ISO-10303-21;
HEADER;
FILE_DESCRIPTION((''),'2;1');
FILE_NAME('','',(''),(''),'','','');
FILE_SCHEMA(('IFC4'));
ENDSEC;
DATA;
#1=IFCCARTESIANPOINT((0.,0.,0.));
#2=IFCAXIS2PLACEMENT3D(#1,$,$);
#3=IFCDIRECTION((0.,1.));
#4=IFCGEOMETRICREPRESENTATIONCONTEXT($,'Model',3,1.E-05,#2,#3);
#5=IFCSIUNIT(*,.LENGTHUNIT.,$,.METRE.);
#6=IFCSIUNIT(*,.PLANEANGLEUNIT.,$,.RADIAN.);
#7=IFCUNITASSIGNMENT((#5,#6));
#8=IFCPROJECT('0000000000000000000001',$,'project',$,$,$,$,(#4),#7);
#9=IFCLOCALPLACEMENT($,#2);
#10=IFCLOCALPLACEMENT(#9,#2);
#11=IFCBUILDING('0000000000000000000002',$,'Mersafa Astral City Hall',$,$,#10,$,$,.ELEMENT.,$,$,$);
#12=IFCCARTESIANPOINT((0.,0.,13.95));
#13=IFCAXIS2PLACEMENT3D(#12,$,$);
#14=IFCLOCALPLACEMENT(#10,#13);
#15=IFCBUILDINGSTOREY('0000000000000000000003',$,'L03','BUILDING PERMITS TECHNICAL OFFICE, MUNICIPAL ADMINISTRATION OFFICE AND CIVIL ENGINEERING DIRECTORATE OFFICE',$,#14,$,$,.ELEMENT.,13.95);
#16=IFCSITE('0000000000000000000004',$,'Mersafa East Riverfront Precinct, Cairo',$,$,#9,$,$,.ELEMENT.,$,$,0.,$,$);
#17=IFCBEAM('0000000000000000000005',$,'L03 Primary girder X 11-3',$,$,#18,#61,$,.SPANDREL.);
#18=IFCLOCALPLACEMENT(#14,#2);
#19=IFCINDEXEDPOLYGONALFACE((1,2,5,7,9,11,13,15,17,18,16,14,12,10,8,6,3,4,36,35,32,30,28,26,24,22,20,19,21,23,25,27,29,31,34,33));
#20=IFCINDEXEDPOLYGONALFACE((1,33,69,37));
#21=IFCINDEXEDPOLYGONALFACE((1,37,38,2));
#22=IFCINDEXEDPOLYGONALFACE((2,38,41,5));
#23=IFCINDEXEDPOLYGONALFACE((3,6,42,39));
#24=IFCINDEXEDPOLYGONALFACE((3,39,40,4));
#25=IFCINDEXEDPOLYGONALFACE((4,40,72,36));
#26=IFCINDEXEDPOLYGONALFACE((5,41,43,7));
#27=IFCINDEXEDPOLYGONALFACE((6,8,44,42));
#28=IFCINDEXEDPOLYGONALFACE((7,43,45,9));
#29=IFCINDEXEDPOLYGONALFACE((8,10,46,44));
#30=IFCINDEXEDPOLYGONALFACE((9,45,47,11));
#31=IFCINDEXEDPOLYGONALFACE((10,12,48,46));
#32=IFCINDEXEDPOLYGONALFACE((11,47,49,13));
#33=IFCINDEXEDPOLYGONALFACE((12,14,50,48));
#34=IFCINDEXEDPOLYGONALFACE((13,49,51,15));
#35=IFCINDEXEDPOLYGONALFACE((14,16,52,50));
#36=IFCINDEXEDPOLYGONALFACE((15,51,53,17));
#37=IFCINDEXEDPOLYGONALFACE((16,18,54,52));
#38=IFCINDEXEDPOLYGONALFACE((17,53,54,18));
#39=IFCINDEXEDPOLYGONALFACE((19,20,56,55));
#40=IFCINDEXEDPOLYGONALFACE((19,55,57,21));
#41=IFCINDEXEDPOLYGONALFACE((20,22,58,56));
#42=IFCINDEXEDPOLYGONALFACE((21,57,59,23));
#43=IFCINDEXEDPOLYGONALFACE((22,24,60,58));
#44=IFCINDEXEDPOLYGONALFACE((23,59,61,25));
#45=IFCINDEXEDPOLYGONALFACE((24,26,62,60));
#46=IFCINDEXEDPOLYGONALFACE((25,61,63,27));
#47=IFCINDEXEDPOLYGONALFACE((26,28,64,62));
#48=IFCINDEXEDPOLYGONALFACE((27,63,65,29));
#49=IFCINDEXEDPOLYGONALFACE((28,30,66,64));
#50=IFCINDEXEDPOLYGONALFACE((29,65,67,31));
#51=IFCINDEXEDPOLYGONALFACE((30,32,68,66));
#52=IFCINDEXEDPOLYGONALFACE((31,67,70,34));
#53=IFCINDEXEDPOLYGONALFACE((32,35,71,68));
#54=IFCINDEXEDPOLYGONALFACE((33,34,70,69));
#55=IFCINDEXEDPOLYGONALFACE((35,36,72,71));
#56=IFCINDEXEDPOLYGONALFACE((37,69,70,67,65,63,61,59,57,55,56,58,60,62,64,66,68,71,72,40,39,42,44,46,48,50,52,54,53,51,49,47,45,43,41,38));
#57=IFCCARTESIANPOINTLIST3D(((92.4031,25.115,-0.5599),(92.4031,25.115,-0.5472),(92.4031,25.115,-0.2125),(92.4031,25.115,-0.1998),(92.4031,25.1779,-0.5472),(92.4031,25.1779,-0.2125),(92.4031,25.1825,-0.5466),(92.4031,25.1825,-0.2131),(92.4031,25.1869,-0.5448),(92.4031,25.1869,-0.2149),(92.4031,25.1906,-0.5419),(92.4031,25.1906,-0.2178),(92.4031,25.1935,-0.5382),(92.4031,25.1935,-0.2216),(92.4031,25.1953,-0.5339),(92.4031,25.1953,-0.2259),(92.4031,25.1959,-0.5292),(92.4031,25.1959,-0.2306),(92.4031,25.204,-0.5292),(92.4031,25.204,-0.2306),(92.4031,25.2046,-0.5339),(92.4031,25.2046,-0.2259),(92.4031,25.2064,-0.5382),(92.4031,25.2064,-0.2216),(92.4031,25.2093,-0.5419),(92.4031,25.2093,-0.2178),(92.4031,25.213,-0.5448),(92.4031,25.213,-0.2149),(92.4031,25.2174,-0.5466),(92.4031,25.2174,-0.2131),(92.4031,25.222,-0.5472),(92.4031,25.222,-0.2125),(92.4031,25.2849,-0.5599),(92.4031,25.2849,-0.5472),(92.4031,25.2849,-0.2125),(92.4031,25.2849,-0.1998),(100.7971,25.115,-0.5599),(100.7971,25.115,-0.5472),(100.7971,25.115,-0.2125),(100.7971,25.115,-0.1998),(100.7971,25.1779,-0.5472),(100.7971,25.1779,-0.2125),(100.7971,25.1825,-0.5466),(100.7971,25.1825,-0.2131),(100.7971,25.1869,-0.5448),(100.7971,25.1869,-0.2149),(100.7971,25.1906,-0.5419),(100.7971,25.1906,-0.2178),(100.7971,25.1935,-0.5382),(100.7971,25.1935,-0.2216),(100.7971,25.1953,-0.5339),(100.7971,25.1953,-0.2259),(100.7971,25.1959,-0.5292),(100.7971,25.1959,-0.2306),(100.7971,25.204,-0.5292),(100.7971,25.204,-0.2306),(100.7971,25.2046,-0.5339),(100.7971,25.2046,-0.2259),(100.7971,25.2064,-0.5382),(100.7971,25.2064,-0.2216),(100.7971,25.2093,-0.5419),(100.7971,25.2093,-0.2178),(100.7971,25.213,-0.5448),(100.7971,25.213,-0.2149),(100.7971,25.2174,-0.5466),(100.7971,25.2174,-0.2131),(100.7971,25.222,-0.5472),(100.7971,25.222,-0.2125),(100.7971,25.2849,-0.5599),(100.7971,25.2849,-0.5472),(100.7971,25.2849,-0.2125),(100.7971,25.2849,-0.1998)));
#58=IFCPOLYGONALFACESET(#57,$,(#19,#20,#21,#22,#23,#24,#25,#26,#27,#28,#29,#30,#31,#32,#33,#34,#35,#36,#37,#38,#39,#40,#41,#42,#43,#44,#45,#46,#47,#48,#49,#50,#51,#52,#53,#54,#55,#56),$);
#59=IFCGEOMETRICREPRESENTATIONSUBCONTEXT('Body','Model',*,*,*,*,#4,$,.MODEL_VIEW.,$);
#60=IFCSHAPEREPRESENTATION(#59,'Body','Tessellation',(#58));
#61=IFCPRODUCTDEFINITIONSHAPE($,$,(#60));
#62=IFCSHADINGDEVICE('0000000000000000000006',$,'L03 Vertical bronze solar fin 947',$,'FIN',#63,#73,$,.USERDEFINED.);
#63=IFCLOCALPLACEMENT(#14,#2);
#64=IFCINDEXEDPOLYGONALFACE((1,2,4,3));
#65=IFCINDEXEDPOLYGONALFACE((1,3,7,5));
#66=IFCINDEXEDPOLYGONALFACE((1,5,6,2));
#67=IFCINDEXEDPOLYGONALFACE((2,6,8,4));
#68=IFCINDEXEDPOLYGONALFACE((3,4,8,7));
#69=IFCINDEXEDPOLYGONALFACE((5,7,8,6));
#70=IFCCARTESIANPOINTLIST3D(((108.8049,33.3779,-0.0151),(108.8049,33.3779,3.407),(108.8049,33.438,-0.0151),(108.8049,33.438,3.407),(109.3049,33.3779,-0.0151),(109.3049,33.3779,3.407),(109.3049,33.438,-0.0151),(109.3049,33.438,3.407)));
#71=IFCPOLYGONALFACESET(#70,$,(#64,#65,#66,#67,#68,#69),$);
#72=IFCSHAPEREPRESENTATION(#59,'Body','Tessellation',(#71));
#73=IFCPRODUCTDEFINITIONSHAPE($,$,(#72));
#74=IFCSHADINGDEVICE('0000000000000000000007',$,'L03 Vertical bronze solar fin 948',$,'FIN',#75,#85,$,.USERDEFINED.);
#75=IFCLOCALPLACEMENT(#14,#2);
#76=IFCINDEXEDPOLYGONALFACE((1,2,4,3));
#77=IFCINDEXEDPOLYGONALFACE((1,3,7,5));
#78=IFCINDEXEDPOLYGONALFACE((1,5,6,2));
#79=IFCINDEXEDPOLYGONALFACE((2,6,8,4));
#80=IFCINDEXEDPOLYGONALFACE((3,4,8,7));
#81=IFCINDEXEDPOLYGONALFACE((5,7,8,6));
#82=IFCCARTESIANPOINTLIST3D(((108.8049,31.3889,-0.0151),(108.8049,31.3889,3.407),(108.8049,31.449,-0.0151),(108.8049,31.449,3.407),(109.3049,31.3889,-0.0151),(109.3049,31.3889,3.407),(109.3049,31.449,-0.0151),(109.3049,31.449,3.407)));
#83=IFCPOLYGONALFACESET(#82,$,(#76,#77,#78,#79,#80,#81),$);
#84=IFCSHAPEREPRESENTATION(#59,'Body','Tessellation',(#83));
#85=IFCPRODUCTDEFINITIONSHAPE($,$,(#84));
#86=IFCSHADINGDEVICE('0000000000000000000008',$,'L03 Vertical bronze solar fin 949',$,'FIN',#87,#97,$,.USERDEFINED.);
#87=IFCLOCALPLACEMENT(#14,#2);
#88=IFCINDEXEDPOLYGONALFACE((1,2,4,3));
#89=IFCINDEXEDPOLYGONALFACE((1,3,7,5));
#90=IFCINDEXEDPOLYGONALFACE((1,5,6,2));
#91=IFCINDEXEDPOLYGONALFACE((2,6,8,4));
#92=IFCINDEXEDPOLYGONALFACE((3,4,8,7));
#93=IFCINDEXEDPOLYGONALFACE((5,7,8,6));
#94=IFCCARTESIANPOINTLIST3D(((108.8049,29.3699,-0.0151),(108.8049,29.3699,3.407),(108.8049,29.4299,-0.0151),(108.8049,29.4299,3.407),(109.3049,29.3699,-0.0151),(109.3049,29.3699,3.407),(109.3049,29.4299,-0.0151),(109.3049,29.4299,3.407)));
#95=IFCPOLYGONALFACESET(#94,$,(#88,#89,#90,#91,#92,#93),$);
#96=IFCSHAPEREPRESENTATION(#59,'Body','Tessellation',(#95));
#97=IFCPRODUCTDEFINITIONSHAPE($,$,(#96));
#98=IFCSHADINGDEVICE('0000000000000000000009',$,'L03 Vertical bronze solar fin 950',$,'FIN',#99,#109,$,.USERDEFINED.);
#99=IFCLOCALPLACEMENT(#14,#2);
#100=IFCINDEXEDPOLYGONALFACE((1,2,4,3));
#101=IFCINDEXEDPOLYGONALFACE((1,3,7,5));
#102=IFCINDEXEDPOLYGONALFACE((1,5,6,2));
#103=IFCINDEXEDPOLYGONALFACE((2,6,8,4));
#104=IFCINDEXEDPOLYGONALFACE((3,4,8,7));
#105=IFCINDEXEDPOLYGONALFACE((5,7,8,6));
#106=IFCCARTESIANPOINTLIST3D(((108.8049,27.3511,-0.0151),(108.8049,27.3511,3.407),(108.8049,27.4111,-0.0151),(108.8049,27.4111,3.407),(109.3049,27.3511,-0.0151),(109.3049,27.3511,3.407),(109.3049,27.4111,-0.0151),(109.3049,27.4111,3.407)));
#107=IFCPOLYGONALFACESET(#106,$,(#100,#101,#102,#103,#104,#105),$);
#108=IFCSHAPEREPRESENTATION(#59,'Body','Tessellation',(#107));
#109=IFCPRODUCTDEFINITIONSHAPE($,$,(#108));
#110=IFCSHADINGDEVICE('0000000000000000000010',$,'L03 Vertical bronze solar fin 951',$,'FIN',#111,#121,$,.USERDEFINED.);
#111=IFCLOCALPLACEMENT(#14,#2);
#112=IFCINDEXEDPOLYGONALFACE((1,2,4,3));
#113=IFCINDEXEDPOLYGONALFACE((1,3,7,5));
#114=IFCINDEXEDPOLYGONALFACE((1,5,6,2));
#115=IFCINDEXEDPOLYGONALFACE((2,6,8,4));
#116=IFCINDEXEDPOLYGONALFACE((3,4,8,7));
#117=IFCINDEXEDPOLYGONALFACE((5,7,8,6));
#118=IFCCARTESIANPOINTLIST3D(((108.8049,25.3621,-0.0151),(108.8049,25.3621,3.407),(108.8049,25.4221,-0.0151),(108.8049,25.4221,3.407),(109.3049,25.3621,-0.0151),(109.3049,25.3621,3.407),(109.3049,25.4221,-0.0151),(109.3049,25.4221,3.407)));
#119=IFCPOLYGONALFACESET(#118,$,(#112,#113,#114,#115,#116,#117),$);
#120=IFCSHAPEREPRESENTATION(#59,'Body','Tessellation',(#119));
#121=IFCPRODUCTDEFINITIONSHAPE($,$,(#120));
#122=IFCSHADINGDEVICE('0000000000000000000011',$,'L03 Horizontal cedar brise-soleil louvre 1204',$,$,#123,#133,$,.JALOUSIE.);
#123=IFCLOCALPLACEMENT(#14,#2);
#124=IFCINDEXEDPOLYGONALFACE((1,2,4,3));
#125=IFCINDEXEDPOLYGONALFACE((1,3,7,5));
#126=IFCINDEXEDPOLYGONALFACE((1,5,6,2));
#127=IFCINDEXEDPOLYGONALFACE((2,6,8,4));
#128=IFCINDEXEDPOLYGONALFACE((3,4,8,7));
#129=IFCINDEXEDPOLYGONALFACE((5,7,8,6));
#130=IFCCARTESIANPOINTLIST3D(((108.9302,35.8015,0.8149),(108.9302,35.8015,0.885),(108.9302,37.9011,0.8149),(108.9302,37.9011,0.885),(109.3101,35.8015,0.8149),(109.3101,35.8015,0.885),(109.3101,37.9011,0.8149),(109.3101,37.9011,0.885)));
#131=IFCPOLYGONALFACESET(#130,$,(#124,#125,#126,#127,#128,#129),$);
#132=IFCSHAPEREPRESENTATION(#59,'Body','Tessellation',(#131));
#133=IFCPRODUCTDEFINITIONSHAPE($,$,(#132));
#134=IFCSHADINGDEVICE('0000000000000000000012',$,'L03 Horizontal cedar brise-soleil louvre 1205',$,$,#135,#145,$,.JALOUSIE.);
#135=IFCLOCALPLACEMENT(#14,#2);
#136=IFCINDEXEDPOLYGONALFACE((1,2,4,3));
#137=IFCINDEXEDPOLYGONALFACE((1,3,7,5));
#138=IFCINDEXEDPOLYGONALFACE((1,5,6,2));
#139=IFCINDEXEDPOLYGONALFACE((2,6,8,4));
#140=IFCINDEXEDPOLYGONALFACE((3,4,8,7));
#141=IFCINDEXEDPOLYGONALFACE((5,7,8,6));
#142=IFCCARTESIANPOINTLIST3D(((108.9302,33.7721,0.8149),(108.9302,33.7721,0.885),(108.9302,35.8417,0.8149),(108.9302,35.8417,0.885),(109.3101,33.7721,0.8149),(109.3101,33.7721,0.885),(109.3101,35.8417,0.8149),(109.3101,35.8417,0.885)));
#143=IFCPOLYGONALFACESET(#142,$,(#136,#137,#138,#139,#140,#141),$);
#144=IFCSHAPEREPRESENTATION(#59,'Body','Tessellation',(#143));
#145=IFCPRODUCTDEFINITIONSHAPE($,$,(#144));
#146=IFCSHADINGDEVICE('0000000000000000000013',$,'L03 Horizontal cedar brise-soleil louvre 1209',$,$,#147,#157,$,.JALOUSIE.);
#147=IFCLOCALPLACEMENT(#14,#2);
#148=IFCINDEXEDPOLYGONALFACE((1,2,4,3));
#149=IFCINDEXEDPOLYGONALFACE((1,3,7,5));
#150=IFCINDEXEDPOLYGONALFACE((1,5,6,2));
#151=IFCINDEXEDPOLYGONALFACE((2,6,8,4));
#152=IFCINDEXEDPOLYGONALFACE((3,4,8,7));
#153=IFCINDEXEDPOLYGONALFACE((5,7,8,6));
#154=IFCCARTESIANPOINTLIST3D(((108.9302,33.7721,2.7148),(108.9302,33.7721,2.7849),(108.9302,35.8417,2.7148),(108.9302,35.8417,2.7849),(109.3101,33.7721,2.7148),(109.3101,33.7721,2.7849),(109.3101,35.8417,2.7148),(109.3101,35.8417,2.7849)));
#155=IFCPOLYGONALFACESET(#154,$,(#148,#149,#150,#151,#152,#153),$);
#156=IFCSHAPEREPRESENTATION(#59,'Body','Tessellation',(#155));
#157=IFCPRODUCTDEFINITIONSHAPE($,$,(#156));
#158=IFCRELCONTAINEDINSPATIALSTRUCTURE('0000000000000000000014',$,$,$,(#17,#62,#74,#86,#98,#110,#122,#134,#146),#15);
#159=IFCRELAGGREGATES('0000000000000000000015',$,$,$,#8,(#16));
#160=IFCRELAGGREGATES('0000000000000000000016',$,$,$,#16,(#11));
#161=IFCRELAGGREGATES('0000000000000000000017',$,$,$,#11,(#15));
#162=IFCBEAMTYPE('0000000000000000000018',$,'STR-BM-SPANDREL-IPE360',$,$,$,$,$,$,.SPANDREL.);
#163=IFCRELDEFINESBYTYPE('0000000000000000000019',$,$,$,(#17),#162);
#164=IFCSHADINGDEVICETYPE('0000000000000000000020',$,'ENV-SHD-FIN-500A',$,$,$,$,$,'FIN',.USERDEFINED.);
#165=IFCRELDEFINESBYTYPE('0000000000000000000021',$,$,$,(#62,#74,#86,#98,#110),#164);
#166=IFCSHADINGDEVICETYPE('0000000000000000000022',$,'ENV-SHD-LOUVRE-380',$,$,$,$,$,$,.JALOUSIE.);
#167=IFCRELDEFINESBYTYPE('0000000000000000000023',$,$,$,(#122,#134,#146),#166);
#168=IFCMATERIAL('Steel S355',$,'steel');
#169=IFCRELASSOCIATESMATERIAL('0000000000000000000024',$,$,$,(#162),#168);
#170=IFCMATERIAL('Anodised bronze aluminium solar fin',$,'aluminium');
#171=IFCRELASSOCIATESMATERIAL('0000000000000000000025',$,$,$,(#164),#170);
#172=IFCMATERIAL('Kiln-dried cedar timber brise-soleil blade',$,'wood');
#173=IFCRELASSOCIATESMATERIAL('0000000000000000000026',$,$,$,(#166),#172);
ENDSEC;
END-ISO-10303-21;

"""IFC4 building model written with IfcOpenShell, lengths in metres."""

from ifc_helpers import new_model, si_unit, direction, frame, origin, origin_2d, place, context, subcontext, project, spatial, rectangle, i_section, extrude, material, material_profile, profile_set, type_object, element, save


model = new_model("IFC4")

# Units and contexts
model_context = context("Model", 3, precision=1e-05, world=origin(), true_north=direction((0.0, 1.0)))
body_context = subcontext(model_context, "Body", "Model", "MODEL_VIEW")
ifc_project = project(units=[si_unit("LENGTHUNIT", "METRE"), si_unit("PLANEANGLEUNIT", "RADIAN")], contexts=[model_context])

# Site, building, storey
site_placement = place(None, origin())
site = spatial("IfcSite", under=ifc_project, at=site_placement, Name="Mersafa East Riverfront Precinct, Cairo", CompositionType="ELEMENT", RefElevation=0.0)
building_placement = place(site_placement, origin())
building = spatial("IfcBuilding", under=site, at=building_placement, Name="Mersafa Astral City Hall", CompositionType="ELEMENT")
storey_placement = place(building_placement, frame((0.0, 0.0, 13.95)))
storey = spatial("IfcBuildingStorey", under=building, at=storey_placement, Name="L03", Description="BUILDING PERMITS TECHNICAL OFFICE, MUNICIPAL ADMINISTRATION OFFICE AND CIVIL ENGINEERING DIRECTORATE OFFICE", CompositionType="ELEMENT", Elevation=13.95)

# Beam
ifc_material_1 = material(Name="Steel S355", Category="steel")
ifc_material_profile_1 = material_profile(ifc_material_1, i_section(OverallWidth=0.1699, OverallDepth=0.3601, WebThickness=0.0081, FlangeThickness=0.0127, FilletRadius=0.0181, at=origin_2d()), Name="IPE 360")
ifc_profile_set_1 = profile_set([ifc_material_profile_1], Name="Steel S355")
beam_type_1 = type_object("IfcBeamType", Name="STR-BM-SPANDREL-IPE360", PredefinedType="SPANDREL", material=ifc_profile_set_1)
beam_1_placement = place(storey_placement, frame((92.4031, 25.2, -0.3799), z_axis=(1.0, 0.0, 0.0), x_axis=(0.0, 1.0, 0.0)))
element("IfcBeam", 1, at=beam_1_placement, inside=storey, type_object=beam_type_1, Name="L03 Primary girder X 11-3", PredefinedType="SPANDREL", context=body_context, shape_type="SweptSolid", body=[
    extrude(i_section(OverallWidth=0.1699, OverallDepth=0.3601, WebThickness=0.0081, FlangeThickness=0.0127, FilletRadius=0.0181, at=origin_2d()), origin(), (0.0, 0.0, 1.0), 8.394),
])

# Shading devices
ifc_material_2 = material(Name="Anodised bronze aluminium solar fin", Category="aluminium")
shading_device_type_1 = type_object("IfcShadingDeviceType", Name="ENV-SHD-FIN-500A", ElementType="FIN", PredefinedType="USERDEFINED", material=ifc_material_2)
for number, where, z_axis, x_axis, name in (
    (2, (109.0549, 33.408, -0.0151), (0.0, 0.0, 1.0), (0.0, -1.0, 0.0), "L03 Vertical bronze solar fin 947"),
    (3, (109.0549, 31.4189, -0.0151), (0.0, 0.0, 1.0), (0.0, -1.0, 0.0), "L03 Vertical bronze solar fin 948"),
    (4, (109.0549, 29.3999, -0.0151), (0.0, 0.0, 1.0), (0.0, -1.0, 0.0), "L03 Vertical bronze solar fin 949"),
    (5, (109.0549, 27.3811, -0.0151), (0.0, 0.0, 1.0), (0.0, -1.0, 0.0), "L03 Vertical bronze solar fin 950"),
    (6, (109.0549, 25.3921, -0.0151), (0.0, 0.0, 1.0), (0.0, -1.0, 0.0), "L03 Vertical bronze solar fin 951"),
):
    element("IfcShadingDevice", number, at=place(storey_placement, frame(where, z_axis=z_axis, x_axis=x_axis)), inside=storey, type_object=shading_device_type_1, Name=name, ObjectType="FIN", PredefinedType="USERDEFINED", context=body_context, shape_type="SweptSolid", body=[
        extrude(rectangle(XDim=0.0601, YDim=0.5, at=origin_2d()), origin(), (0.0, 0.0, 1.0), 3.4221),
    ])
ifc_material_3 = material(Name="Kiln-dried cedar timber brise-soleil blade", Category="wood")
shading_device_type_2 = type_object("IfcShadingDeviceType", Name="ENV-SHD-LOUVRE-380", PredefinedType="JALOUSIE", material=ifc_material_3)
shading_device_placement = place(storey_placement, frame((109.1201, 36.8513, 0.8149), z_axis=(0.0, 0.0, 1.0), x_axis=(0.0, -1.0, 0.0)))
element("IfcShadingDevice", 7, at=shading_device_placement, inside=storey, type_object=shading_device_type_2, Name="L03 Horizontal cedar brise-soleil louvre 1204", PredefinedType="JALOUSIE", context=body_context, shape_type="SweptSolid", body=[
    extrude(rectangle(XDim=2.0996, YDim=0.3799, at=origin_2d()), origin(), (0.0, 0.0, 1.0), 0.0701),
])
for number, where, z_axis, x_axis, name in (
    (8, (109.1201, 34.8069, 0.8149), (0.0, 0.0, 1.0), (0.0, -1.0, 0.0), "L03 Horizontal cedar brise-soleil louvre 1205"),
    (9, (109.1201, 34.8069, 2.7148), (0.0, 0.0, 1.0), (0.0, -1.0, 0.0), "L03 Horizontal cedar brise-soleil louvre 1209"),
):
    element("IfcShadingDevice", number, at=place(storey_placement, frame(where, z_axis=z_axis, x_axis=x_axis)), inside=storey, type_object=shading_device_type_2, Name=name, PredefinedType="JALOUSIE", context=body_context, shape_type="SweptSolid", body=[
        extrude(rectangle(XDim=2.0696, YDim=0.3799, at=origin_2d()), origin(), (0.0, 0.0, 1.0), 0.0701),
    ])

save(model, "model.ifc")
